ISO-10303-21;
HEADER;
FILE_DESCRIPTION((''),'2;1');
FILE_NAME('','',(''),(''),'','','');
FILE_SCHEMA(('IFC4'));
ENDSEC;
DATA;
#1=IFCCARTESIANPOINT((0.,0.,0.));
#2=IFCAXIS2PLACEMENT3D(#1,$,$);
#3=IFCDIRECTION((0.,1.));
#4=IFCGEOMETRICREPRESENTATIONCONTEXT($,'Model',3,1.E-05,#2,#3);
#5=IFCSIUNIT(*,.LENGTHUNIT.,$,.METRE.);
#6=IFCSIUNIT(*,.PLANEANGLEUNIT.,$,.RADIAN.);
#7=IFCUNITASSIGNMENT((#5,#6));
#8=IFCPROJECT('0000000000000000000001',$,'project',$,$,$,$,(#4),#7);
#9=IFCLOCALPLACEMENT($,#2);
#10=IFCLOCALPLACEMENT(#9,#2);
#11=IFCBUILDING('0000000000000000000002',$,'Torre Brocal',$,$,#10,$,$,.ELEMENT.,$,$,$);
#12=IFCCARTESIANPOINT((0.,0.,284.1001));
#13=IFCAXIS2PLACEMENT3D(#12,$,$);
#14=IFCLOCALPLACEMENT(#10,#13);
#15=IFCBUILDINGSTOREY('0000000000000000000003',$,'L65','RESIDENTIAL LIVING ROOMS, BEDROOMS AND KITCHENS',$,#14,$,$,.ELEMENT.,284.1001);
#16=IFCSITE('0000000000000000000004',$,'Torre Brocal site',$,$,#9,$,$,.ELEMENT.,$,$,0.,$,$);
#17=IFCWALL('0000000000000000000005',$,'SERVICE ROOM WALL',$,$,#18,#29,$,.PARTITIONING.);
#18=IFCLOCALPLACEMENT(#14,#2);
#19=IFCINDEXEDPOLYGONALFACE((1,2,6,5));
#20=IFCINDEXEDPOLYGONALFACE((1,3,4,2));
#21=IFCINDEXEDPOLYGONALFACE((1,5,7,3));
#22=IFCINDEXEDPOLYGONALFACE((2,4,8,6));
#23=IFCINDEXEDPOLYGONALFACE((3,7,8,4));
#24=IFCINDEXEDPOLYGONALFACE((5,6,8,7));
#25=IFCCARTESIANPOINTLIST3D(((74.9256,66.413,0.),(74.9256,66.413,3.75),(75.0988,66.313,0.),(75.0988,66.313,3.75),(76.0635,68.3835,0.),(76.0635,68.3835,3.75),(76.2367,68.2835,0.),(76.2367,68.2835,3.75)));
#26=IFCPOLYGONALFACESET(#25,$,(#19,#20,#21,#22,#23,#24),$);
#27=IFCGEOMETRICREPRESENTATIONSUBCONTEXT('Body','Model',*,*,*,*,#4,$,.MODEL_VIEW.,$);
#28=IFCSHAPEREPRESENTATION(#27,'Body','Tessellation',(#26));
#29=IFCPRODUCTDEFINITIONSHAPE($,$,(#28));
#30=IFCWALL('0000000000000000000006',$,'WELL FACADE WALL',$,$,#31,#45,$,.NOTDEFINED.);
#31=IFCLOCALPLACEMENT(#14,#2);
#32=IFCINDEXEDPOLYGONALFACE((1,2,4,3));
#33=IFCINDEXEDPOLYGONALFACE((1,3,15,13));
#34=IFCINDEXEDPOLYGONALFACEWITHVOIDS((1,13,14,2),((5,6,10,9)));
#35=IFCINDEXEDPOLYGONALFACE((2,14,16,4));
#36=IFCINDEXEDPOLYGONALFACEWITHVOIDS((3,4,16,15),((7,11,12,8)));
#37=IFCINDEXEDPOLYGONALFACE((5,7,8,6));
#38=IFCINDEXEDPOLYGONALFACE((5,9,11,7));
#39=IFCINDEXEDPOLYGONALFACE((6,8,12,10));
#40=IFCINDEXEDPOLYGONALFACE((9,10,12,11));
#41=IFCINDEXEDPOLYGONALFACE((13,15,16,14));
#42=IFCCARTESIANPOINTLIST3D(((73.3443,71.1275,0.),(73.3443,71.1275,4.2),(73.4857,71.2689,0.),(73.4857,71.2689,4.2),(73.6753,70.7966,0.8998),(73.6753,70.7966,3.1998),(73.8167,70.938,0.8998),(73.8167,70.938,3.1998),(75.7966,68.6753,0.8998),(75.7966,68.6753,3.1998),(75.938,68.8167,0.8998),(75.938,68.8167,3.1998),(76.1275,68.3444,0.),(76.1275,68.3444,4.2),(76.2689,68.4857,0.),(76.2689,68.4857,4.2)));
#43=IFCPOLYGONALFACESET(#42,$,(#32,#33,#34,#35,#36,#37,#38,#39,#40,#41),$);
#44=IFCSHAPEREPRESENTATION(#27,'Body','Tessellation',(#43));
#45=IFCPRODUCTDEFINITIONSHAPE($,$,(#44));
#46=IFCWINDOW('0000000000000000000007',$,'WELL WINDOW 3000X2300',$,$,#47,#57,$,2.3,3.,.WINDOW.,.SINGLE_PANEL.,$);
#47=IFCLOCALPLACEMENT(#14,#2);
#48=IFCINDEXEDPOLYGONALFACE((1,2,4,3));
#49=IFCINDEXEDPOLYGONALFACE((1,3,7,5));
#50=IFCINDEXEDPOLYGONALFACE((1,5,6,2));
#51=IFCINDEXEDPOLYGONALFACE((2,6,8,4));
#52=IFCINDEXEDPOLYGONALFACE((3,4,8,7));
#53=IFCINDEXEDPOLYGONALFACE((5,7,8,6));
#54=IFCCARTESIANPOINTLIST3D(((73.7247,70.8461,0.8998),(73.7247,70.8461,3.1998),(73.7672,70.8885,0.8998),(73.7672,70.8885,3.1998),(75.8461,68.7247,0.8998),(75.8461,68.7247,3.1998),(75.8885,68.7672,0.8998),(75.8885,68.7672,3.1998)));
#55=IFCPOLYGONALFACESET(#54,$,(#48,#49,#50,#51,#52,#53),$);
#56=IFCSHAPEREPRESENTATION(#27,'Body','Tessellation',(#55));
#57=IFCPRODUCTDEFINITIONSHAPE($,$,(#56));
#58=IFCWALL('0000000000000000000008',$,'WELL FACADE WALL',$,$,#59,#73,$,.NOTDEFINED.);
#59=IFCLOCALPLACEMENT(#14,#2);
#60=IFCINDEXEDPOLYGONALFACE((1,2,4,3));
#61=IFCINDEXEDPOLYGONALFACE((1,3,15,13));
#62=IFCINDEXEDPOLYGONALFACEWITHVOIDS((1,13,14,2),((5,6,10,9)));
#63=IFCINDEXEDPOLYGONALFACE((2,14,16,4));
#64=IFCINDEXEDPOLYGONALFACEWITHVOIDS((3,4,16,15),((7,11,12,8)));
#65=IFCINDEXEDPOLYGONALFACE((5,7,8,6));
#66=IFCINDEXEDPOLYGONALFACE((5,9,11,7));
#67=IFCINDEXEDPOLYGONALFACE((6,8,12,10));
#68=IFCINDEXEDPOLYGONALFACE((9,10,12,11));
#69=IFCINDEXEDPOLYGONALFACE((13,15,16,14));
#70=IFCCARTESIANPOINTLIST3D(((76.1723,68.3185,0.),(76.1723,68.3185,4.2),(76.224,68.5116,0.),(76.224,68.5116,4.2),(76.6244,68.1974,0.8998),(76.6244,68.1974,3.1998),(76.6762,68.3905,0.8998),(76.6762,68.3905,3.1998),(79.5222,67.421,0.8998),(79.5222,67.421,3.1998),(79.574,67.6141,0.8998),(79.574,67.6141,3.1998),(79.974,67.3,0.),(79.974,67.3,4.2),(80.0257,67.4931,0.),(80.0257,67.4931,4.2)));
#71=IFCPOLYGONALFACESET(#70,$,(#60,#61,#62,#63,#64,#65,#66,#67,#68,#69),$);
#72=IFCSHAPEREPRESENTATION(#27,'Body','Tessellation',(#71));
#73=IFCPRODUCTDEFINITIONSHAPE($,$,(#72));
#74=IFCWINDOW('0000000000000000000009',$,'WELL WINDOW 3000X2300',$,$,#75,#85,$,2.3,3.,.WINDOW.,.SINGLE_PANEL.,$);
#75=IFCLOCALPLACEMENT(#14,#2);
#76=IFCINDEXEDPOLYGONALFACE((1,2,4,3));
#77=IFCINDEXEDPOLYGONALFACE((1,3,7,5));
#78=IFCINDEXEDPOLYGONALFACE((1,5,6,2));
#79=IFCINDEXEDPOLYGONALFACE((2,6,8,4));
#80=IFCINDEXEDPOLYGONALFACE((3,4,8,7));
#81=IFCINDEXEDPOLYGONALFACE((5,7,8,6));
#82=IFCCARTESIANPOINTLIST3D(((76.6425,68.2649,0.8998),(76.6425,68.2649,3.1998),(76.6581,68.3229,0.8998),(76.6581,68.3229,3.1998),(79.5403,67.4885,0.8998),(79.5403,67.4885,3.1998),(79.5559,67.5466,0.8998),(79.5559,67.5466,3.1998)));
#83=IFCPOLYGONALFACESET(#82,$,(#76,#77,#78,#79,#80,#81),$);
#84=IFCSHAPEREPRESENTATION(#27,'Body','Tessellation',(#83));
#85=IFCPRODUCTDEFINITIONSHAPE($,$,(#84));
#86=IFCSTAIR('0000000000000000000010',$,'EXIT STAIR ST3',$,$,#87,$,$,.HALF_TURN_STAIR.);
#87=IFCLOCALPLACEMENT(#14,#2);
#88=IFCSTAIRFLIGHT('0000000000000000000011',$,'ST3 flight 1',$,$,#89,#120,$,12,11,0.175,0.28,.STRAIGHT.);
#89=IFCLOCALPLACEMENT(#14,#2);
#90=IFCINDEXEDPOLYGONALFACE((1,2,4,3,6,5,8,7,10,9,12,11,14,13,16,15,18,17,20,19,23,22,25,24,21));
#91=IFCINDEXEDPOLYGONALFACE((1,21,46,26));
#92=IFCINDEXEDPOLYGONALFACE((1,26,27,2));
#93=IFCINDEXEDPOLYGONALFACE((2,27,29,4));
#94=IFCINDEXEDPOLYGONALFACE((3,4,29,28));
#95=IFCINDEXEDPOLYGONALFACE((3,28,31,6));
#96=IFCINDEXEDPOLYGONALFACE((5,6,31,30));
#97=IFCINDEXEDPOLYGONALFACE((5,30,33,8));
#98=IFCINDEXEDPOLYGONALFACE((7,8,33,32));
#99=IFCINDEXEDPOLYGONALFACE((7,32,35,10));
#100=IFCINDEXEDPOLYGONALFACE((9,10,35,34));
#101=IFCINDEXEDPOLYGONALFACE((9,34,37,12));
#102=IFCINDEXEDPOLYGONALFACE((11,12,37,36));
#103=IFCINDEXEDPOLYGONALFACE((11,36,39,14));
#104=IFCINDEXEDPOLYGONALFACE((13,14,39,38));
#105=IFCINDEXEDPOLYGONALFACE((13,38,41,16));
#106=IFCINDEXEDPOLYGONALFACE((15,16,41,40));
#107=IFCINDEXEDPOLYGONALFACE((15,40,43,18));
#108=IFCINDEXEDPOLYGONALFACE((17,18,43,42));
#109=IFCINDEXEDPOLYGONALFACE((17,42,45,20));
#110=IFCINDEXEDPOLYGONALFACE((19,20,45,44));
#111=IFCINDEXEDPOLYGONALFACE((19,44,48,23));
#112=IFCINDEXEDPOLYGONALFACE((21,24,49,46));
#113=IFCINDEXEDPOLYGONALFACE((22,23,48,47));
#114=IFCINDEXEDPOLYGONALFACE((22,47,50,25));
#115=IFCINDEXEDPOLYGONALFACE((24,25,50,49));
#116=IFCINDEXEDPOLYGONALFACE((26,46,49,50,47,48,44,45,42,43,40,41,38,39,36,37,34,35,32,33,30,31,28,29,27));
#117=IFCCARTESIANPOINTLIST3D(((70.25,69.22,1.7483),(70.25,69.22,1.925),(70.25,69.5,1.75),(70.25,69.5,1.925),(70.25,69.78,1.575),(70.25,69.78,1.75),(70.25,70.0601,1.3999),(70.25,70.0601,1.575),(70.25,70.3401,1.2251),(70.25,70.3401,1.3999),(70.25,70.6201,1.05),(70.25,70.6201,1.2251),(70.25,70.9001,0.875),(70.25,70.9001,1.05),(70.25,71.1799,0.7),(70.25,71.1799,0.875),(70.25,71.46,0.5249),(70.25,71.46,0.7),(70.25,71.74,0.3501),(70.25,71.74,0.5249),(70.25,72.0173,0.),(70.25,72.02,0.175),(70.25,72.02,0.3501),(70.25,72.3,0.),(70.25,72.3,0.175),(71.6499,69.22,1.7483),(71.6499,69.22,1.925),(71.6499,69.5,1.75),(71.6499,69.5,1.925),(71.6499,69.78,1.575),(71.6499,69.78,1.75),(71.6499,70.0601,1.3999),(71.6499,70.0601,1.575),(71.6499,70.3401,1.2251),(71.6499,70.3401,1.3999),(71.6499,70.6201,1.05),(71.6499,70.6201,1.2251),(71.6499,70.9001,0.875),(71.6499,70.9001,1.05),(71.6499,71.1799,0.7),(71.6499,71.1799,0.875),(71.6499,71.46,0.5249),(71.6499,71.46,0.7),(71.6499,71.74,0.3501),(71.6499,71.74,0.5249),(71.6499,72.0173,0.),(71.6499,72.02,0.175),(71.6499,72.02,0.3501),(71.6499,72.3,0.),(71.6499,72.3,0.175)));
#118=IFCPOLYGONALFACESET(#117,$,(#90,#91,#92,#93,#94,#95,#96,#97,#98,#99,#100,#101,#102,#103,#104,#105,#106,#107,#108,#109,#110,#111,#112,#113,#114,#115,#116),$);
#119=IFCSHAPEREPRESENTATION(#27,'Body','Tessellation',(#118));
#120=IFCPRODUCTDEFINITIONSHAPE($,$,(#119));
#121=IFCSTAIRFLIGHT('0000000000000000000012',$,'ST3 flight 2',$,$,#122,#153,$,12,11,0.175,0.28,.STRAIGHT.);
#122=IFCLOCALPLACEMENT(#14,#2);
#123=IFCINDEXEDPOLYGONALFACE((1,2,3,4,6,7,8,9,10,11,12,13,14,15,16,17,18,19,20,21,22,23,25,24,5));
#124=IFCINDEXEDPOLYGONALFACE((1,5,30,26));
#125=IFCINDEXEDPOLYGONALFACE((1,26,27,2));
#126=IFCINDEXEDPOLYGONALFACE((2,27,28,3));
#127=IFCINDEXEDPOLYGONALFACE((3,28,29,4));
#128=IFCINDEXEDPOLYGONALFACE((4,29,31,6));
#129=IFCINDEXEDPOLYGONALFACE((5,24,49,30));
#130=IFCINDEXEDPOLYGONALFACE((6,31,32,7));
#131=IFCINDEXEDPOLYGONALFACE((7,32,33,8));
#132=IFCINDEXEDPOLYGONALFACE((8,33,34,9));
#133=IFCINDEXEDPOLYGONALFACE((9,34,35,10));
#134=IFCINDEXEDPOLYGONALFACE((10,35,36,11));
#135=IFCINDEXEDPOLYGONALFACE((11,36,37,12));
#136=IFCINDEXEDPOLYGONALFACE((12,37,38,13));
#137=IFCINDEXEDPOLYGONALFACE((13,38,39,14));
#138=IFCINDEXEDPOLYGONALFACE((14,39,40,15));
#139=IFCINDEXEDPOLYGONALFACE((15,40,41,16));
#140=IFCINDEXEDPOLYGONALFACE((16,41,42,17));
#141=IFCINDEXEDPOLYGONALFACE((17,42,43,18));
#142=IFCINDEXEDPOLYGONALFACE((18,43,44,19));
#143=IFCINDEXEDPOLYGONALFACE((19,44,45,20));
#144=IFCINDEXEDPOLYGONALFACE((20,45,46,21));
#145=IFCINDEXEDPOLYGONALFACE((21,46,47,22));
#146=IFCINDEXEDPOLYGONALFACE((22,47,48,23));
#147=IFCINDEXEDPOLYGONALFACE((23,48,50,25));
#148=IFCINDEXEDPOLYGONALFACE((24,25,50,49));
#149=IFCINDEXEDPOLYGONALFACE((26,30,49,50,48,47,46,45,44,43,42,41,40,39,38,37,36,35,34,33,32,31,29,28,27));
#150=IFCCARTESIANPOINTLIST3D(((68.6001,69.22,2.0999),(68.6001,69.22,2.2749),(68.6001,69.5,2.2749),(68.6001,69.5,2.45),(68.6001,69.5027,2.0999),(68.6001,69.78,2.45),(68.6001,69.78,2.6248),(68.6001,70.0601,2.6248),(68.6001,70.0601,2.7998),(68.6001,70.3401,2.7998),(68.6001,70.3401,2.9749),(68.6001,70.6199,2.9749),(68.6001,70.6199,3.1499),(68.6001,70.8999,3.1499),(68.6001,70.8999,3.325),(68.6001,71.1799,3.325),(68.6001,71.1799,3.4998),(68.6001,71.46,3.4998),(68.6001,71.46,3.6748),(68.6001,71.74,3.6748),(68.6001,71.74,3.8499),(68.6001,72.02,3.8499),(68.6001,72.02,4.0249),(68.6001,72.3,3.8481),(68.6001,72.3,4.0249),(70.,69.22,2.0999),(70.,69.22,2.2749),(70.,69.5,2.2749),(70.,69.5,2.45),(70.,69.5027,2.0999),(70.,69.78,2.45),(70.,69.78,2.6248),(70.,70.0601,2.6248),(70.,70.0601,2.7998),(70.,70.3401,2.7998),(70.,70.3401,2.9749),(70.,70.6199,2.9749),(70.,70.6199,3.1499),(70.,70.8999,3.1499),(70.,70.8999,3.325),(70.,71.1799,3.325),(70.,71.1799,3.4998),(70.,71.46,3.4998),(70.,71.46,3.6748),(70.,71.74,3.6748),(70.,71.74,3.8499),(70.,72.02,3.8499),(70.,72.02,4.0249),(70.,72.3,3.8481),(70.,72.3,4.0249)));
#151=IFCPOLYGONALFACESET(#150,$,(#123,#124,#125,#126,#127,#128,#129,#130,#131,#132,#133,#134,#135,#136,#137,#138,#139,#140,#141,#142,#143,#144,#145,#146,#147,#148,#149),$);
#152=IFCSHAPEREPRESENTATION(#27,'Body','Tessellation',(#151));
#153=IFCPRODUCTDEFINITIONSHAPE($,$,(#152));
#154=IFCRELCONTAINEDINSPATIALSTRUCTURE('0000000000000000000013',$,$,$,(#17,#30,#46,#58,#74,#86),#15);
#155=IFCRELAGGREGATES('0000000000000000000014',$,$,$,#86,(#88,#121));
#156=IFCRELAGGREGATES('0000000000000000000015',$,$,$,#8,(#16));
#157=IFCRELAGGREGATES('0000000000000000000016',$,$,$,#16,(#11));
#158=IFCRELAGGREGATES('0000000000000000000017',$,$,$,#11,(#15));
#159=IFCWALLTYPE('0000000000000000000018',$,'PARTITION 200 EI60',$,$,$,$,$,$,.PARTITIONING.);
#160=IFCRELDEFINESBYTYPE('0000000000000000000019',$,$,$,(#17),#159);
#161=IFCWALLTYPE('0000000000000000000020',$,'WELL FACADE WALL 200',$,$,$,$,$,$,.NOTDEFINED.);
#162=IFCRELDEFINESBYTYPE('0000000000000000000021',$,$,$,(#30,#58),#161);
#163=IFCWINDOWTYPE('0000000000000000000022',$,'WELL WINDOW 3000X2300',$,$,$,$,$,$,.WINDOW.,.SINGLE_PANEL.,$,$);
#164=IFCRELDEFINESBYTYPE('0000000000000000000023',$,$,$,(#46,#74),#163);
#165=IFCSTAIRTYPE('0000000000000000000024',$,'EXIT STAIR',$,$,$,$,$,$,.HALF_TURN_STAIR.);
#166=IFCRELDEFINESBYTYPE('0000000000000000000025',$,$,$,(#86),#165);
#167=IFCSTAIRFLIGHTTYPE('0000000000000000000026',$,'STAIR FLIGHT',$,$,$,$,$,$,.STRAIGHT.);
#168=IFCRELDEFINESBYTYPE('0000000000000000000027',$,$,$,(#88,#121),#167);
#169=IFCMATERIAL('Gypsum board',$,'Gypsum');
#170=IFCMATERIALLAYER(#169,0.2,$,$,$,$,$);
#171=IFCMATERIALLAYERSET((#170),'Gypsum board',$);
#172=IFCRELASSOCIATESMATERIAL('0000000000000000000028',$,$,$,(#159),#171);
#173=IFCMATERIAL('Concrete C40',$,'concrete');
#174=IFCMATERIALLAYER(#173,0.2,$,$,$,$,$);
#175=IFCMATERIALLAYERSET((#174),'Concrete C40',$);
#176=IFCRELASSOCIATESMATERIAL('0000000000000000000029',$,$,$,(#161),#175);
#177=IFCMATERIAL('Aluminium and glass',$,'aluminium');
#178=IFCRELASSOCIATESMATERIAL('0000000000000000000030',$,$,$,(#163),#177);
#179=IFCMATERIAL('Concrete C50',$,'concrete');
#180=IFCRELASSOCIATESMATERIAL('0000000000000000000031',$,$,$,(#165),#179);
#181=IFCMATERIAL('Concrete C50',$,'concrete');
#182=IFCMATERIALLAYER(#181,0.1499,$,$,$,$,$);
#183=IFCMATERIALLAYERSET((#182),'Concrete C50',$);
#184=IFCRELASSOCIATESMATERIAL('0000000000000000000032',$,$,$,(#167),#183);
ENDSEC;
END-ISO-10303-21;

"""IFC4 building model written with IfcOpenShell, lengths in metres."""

from ifc_helpers import new_model, si_unit, direction, frame, frame_2d, origin, place, context, subcontext, project, spatial, polyline, rectangle, outline, extrude, material, layer, layer_set, type_object, element, fill, aggregate, save


model = new_model("IFC4")

# Units and contexts
model_context = context("Model", 3, precision=1e-05, world=origin(), true_north=direction((0.0, 1.0)))
body_context = subcontext(model_context, "Body", "Model", "MODEL_VIEW")
ifc_project = project(units=[si_unit("LENGTHUNIT", "METRE"), si_unit("PLANEANGLEUNIT", "RADIAN")], contexts=[model_context])

# Site, building, storey
site_placement = place(None, origin())
site = spatial("IfcSite", under=ifc_project, at=site_placement, Name="Torre Brocal site", CompositionType="ELEMENT", RefElevation=0.0)
building_placement = place(site_placement, origin())
building = spatial("IfcBuilding", under=site, at=building_placement, Name="Torre Brocal", CompositionType="ELEMENT")
storey_placement = place(building_placement, frame((0.0, 0.0, 284.1001)))
storey = spatial("IfcBuildingStorey", under=building, at=storey_placement, Name="L65", Description="RESIDENTIAL LIVING ROOMS, BEDROOMS AND KITCHENS", CompositionType="ELEMENT", Elevation=284.1001)

# Shared definitions
ifc_material_1 = material(Name="Gypsum board", Category="Gypsum")
ifc_layer_1 = layer(ifc_material_1, 0.2)
ifc_layer_set_1 = layer_set([ifc_layer_1], Name="Gypsum board")
wall_type_1 = type_object("IfcWallType", Name="PARTITION 200 EI60", PredefinedType="PARTITIONING", material=ifc_layer_set_1)

# Wall
wall_1_placement = place(storey_placement, frame((75.0122, 66.363, 0.0), z_axis=(0.0, 0.0, 1.0), x_axis=(0.500097, 0.865969, 0.0)))
element("IfcWall", 1, at=wall_1_placement, inside=storey, type_object=wall_type_1, Name="SERVICE ROOM WALL", PredefinedType="PARTITIONING", context=body_context, shape_type="SweptSolid", body=[
    extrude(rectangle(XDim=2.2754, YDim=0.2, at=frame_2d((1.1377, 0.0))), origin(), (0.0, 0.0, 1.0), 3.75),
])

# Walls, openings, windows
ifc_material_2 = material(Name="Concrete C40", Category="concrete")
ifc_layer_2 = layer(ifc_material_2, 0.2)
ifc_layer_set_2 = layer_set([ifc_layer_2], Name="Concrete C40")
wall_type_2 = type_object("IfcWallType", Name="WELL FACADE WALL 200", PredefinedType="NOTDEFINED", material=ifc_layer_set_2)
wall_2_placement = place(storey_placement, frame((73.415, 71.1982, 0.0), z_axis=(0.0, 0.0, 1.0), x_axis=(0.707107, -0.707107, 0.0)))
wall_2 = element("IfcWall", 2, at=wall_2_placement, inside=storey, type_object=wall_type_2, Name="WELL FACADE WALL", PredefinedType="NOTDEFINED", context=body_context, shape_type="SweptSolid", body=[
    extrude(rectangle(XDim=3.936, YDim=0.2, at=frame_2d((1.968, 0.0))), origin(), (0.0, 0.0, 1.0), 4.2),
])
opening_1_placement = place(wall_2_placement, frame((0.468, 0.0, 0.8999)))
opening_1 = element("IfcOpeningElement", 3, at=opening_1_placement, cuts=wall_2, PredefinedType="OPENING", context=body_context, shape_type="SweptSolid", body=[
    extrude(rectangle(XDim=3.0, YDim=2.3, at=frame_2d((1.5, 1.1499))), frame((0.0, 0.1099, 0.0), z_axis=(0.0, -1.0, 0.0), x_axis=(1.0, 0.0, 0.0)), (0.0, 0.0, 1.0), 0.22),
])
ifc_material_3 = material(Name="Aluminium and glass", Category="aluminium")
window_type = type_object("IfcWindowType", Name="WELL WINDOW 3000X2300", PartitioningType="SINGLE_PANEL", PredefinedType="WINDOW", material=ifc_material_3)
window_1_placement = place(opening_1_placement, origin())
window_1 = element("IfcWindow", 4, at=window_1_placement, inside=storey, type_object=window_type, Name="WELL WINDOW 3000X2300", OverallHeight=2.3, OverallWidth=3.0, PartitioningType="SINGLE_PANEL", PredefinedType="WINDOW", context=body_context, shape_type="SweptSolid", body=[
    extrude(rectangle(XDim=3.0, YDim=2.3, at=frame_2d((1.5, 1.1499))), frame((0.0, 0.03, 0.0), z_axis=(0.0, -1.0, 0.0), x_axis=(1.0, 0.0, 0.0)), (0.0, 0.0, 1.0), 0.0601),
])
fill(opening_1, window_1)
wall_3_placement = place(storey_placement, frame((76.1982, 68.415, 0.0), z_axis=(0.0, 0.0, 1.0), x_axis=(0.965934, -0.25879, 0.0)))
wall_3 = element("IfcWall", 5, at=wall_3_placement, inside=storey, type_object=wall_type_2, Name="WELL FACADE WALL", PredefinedType="NOTDEFINED", context=body_context, shape_type="SweptSolid", body=[
    extrude(rectangle(XDim=3.9358, YDim=0.2, at=frame_2d((1.9678, 0.0))), origin(), (0.0, 0.0, 1.0), 4.2),
])
opening_2_placement = place(wall_3_placement, frame((0.468, 0.0, 0.8999)))
opening_2 = element("IfcOpeningElement", 6, at=opening_2_placement, cuts=wall_3, PredefinedType="OPENING", context=body_context, shape_type="SweptSolid", body=[
    extrude(rectangle(XDim=3.0, YDim=2.3, at=frame_2d((1.5, 1.1499))), frame((0.0, 0.1099, 0.0), z_axis=(0.0, -1.0, 0.0), x_axis=(1.0, 0.0, 0.0)), (0.0, 0.0, 1.0), 0.22),
])
window_2_placement = place(opening_2_placement, origin())
window_2 = element("IfcWindow", 7, at=window_2_placement, inside=storey, type_object=window_type, Name="WELL WINDOW 3000X2300", OverallHeight=2.3, OverallWidth=3.0, PartitioningType="SINGLE_PANEL", PredefinedType="WINDOW", context=body_context, shape_type="SweptSolid", body=[
    extrude(rectangle(XDim=3.0, YDim=2.3, at=frame_2d((1.5, 1.1499))), frame((0.0, 0.03, 0.0), z_axis=(0.0, -1.0, 0.0), x_axis=(1.0, 0.0, 0.0)), (0.0, 0.0, 1.0), 0.0601),
])
fill(opening_2, window_2)

# Stair, stair flights
ifc_material_4 = material(Name="Concrete C50", Category="concrete")
stair_type = type_object("IfcStairType", Name="EXIT STAIR", PredefinedType="HALF_TURN_STAIR", material=ifc_material_4)
stair_placement = place(storey_placement, origin())
stair = element("IfcStair", 8, at=stair_placement, inside=storey, type_object=stair_type, Name="EXIT STAIR ST3", PredefinedType="HALF_TURN_STAIR")
ifc_material_5 = material(Name="Concrete C50", Category="concrete")
ifc_layer_3 = layer(ifc_material_5, 0.1499)
ifc_layer_set_3 = layer_set([ifc_layer_3], Name="Concrete C50")
stair_flight_type = type_object("IfcStairFlightType", Name="STAIR FLIGHT", PredefinedType="STRAIGHT", material=ifc_layer_set_3)
stair_flight_1_placement = place(storey_placement, frame((70.95, 72.3, 0.0), z_axis=(0.0, 0.0, 1.0), x_axis=(0.0, -1.0, 0.0)))
stair_flight_1 = element("IfcStairFlight", 9, at=stair_flight_1_placement, type_object=stair_flight_type, Name="ST3 flight 1", NumberOfRisers=12, NumberOfTreads=11, PredefinedType="STRAIGHT", RiserHeight=0.175, TreadLength=0.28, context=body_context, shape_type="SweptSolid", body=[
    extrude(outline(polyline([(0.0, 0.0), (0.0, 0.175), (0.28, 0.175), (0.28, 0.3501), (0.5601, 0.3501), (0.5601, 0.5249), (0.8401, 0.5249), (0.8401, 0.7), (1.1201, 0.7), (1.1201, 0.875), (1.3999, 0.875), (1.3999, 1.05), (1.6799, 1.05), (1.6799, 1.2251), (1.96, 1.2251), (1.96, 1.3999), (2.24, 1.3999), (2.24, 1.575), (2.52, 1.575), (2.52, 1.75), (2.8, 1.75), (2.8, 1.925), (3.0801, 1.925), (3.0801, 2.1001), (3.0801, 1.7483), (0.2827, 0.0), (0.0, 0.0)])), frame((0.0, 0.7, 0.0), z_axis=(0.0, -1.0, 0.0), x_axis=(1.0, 0.0, 0.0)), (0.0, 0.0, 1.0), 1.3999),
])
stair_flight_2_placement = place(storey_placement, frame((69.3, 69.22, 2.0999), z_axis=(0.0, 0.0, 1.0), x_axis=(0.0, 1.0, 0.0)))
stair_flight_2 = element("IfcStairFlight", 10, at=stair_flight_2_placement, type_object=stair_flight_type, Name="ST3 flight 2", NumberOfRisers=12, NumberOfTreads=11, PredefinedType="STRAIGHT", RiserHeight=0.175, TreadLength=0.28, context=body_context, shape_type="SweptSolid", body=[
    extrude(outline(polyline([(0.0, 0.0), (0.0, 0.175), (0.28, 0.175), (0.28, 0.3501), (0.5601, 0.3501), (0.5601, 0.5249), (0.8401, 0.5249), (0.8401, 0.7), (1.1201, 0.7), (1.1201, 0.875), (1.3999, 0.875), (1.3999, 1.05), (1.6799, 1.05), (1.6799, 1.2251), (1.96, 1.2251), (1.96, 1.3999), (2.24, 1.3999), (2.24, 1.575), (2.52, 1.575), (2.52, 1.75), (2.8, 1.75), (2.8, 1.925), (3.0801, 1.925), (3.0801, 2.1001), (3.0801, 1.7483), (0.2827, 0.0), (0.0, 0.0)])), frame((0.0, 0.7, 0.0), z_axis=(0.0, -1.0, 0.0), x_axis=(1.0, 0.0, 0.0)), (0.0, 0.0, 1.0), 1.3999),
])
aggregate(stair, [stair_flight_1, stair_flight_2])

save(model, "model.ifc")
